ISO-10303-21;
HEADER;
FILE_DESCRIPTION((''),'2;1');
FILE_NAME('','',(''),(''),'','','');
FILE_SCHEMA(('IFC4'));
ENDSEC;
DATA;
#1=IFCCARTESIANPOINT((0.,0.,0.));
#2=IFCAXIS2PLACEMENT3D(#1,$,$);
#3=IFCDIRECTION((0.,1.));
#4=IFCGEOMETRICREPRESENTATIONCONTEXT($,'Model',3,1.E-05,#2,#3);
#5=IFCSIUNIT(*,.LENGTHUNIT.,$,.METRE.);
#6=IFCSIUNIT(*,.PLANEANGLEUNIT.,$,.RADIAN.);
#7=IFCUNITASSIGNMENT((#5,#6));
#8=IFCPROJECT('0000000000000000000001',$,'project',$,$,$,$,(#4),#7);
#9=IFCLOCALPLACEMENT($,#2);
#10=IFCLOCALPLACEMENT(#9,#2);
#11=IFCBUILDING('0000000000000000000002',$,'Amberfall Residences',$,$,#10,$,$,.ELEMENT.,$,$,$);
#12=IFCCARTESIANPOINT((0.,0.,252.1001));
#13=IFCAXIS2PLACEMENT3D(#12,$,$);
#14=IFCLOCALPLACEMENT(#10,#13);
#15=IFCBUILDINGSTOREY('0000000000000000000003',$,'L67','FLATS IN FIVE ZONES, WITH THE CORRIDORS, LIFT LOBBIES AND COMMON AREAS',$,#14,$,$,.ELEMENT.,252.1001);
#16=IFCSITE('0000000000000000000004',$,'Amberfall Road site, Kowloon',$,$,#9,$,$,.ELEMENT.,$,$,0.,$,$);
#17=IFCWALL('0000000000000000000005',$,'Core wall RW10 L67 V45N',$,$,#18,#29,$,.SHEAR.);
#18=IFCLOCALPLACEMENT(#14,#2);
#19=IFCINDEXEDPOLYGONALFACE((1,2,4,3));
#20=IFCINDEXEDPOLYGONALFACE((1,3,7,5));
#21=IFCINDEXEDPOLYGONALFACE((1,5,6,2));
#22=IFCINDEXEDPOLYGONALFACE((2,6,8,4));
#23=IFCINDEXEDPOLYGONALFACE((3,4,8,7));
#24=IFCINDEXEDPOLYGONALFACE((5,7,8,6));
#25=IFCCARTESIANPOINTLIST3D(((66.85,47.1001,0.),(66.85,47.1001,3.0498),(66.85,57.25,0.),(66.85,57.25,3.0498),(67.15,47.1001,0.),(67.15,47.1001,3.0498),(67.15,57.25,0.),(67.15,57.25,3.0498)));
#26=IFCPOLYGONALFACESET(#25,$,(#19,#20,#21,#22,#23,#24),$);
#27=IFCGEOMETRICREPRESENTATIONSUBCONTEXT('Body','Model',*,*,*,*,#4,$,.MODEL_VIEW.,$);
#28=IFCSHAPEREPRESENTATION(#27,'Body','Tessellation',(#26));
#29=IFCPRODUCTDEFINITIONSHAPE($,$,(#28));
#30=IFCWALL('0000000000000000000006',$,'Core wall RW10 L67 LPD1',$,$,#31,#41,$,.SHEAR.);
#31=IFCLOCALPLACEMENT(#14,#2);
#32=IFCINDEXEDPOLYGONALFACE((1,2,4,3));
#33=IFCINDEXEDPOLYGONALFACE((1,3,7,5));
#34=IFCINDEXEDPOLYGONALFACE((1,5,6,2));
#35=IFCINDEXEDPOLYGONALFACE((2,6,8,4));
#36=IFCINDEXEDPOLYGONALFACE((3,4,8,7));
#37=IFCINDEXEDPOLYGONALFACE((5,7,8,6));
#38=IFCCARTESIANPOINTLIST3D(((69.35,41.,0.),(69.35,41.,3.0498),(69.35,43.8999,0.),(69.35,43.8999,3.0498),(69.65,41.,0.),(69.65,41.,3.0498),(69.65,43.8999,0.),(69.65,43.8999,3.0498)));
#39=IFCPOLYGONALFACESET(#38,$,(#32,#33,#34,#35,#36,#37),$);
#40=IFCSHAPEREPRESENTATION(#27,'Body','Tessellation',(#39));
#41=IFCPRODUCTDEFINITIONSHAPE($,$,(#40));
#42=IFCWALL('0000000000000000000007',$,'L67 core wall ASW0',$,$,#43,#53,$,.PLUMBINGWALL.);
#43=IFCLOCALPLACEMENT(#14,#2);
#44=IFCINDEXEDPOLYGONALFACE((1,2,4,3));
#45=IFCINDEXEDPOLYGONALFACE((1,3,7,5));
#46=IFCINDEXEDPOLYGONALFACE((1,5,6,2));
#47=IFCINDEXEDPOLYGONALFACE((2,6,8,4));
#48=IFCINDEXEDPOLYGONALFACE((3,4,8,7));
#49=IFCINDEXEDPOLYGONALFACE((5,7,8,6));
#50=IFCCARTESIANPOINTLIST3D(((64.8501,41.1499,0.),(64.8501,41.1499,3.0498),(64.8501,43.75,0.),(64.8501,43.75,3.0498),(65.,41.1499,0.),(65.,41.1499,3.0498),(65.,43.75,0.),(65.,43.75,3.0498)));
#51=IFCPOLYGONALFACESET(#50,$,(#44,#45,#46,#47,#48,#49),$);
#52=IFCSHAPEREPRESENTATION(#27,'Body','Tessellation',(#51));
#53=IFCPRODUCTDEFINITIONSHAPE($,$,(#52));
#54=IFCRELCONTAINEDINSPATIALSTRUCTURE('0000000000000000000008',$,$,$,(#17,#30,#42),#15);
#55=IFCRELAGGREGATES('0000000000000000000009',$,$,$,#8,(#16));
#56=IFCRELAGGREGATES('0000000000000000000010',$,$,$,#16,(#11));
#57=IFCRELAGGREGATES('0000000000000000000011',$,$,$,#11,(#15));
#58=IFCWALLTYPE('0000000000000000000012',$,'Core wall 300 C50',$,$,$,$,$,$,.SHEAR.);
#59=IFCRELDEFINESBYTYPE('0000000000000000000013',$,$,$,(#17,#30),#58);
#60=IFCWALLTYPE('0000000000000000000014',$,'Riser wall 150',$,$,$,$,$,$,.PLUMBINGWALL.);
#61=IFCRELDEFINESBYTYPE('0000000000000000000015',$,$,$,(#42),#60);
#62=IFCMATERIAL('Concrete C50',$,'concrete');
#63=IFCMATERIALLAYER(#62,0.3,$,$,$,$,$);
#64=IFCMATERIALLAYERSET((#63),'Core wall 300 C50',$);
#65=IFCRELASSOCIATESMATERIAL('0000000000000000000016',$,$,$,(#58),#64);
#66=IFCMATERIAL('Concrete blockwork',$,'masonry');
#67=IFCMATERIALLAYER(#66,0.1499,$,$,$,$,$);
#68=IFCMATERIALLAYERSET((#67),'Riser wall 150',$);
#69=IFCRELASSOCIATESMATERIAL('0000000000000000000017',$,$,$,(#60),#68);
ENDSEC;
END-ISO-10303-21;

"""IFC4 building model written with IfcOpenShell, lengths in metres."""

from ifc_helpers import new_model, si_unit, direction, frame, frame_2d, origin, place, context, subcontext, project, spatial, rectangle, extrude, material, layer, layer_set, type_object, element, save


model = new_model("IFC4")

# Units and contexts
model_context = context("Model", 3, precision=1e-05, world=origin(), true_north=direction((0.0, 1.0)))
body_context = subcontext(model_context, "Body", "Model", "MODEL_VIEW")
ifc_project = project(units=[si_unit("LENGTHUNIT", "METRE"), si_unit("PLANEANGLEUNIT", "RADIAN")], contexts=[model_context])

# Site, building, storey
site_placement = place(None, origin())
site = spatial("IfcSite", under=ifc_project, at=site_placement, Name="Amberfall Road site, Kowloon", CompositionType="ELEMENT", RefElevation=0.0)
building_placement = place(site_placement, origin())
building = spatial("IfcBuilding", under=site, at=building_placement, Name="Amberfall Residences", CompositionType="ELEMENT")
storey_placement = place(building_placement, frame((0.0, 0.0, 252.1001)))
storey = spatial("IfcBuildingStorey", under=building, at=storey_placement, Name="L67", Description="FLATS IN FIVE ZONES, WITH THE CORRIDORS, LIFT LOBBIES AND COMMON AREAS", CompositionType="ELEMENT", Elevation=252.1001)

# Shared definitions
ifc_material_1 = material(Name="Concrete C50", Category="concrete")
ifc_layer_1 = layer(ifc_material_1, 0.3)
ifc_layer_set_1 = layer_set([ifc_layer_1], Name="Core wall 300 C50")
wall_type_1 = type_object("IfcWallType", Name="Core wall 300 C50", PredefinedType="SHEAR", material=ifc_layer_set_1)

# Walls
wall_1_placement = place(storey_placement, frame((67.0, 47.1001, 0.0), z_axis=(0.0, 0.0, 1.0), x_axis=(0.0, 1.0, 0.0)))
element("IfcWall", 1, at=wall_1_placement, inside=storey, type_object=wall_type_1, Name="Core wall RW10 L67 V45N", PredefinedType="SHEAR", context=body_context, shape_type="SweptSolid", body=[
    extrude(rectangle(XDim=10.1499, YDim=0.3, at=frame_2d((5.075, 0.0))), origin(), (0.0, 0.0, 1.0), 3.0498),
])
wall_2_placement = place(storey_placement, frame((69.5, 41.0, 0.0), z_axis=(0.0, 0.0, 1.0), x_axis=(0.0, 1.0, 0.0)))
element("IfcWall", 2, at=wall_2_placement, inside=storey, type_object=wall_type_1, Name="Core wall RW10 L67 LPD1", PredefinedType="SHEAR", context=body_context, shape_type="SweptSolid", body=[
    extrude(rectangle(XDim=2.8999, YDim=0.3, at=frame_2d((1.45, 0.0))), origin(), (0.0, 0.0, 1.0), 3.0498),
])
ifc_material_2 = material(Name="Concrete blockwork", Category="masonry")
ifc_layer_2 = layer(ifc_material_2, 0.1499)
ifc_layer_set_2 = layer_set([ifc_layer_2], Name="Riser wall 150")
wall_type_2 = type_object("IfcWallType", Name="Riser wall 150", PredefinedType="PLUMBINGWALL", material=ifc_layer_set_2)
wall_3_placement = place(storey_placement, frame((64.925, 41.1499, 0.0), z_axis=(0.0, 0.0, 1.0), x_axis=(0.0, 1.0, 0.0)))
element("IfcWall", 3, at=wall_3_placement, inside=storey, type_object=wall_type_2, Name="L67 core wall ASW0", PredefinedType="PLUMBINGWALL", context=body_context, shape_type="SweptSolid", body=[
    extrude(rectangle(XDim=2.6001, YDim=0.1499, at=frame_2d((1.3, 0.0))), origin(), (0.0, 0.0, 1.0), 3.0498),
])

save(model, "model.ifc")
